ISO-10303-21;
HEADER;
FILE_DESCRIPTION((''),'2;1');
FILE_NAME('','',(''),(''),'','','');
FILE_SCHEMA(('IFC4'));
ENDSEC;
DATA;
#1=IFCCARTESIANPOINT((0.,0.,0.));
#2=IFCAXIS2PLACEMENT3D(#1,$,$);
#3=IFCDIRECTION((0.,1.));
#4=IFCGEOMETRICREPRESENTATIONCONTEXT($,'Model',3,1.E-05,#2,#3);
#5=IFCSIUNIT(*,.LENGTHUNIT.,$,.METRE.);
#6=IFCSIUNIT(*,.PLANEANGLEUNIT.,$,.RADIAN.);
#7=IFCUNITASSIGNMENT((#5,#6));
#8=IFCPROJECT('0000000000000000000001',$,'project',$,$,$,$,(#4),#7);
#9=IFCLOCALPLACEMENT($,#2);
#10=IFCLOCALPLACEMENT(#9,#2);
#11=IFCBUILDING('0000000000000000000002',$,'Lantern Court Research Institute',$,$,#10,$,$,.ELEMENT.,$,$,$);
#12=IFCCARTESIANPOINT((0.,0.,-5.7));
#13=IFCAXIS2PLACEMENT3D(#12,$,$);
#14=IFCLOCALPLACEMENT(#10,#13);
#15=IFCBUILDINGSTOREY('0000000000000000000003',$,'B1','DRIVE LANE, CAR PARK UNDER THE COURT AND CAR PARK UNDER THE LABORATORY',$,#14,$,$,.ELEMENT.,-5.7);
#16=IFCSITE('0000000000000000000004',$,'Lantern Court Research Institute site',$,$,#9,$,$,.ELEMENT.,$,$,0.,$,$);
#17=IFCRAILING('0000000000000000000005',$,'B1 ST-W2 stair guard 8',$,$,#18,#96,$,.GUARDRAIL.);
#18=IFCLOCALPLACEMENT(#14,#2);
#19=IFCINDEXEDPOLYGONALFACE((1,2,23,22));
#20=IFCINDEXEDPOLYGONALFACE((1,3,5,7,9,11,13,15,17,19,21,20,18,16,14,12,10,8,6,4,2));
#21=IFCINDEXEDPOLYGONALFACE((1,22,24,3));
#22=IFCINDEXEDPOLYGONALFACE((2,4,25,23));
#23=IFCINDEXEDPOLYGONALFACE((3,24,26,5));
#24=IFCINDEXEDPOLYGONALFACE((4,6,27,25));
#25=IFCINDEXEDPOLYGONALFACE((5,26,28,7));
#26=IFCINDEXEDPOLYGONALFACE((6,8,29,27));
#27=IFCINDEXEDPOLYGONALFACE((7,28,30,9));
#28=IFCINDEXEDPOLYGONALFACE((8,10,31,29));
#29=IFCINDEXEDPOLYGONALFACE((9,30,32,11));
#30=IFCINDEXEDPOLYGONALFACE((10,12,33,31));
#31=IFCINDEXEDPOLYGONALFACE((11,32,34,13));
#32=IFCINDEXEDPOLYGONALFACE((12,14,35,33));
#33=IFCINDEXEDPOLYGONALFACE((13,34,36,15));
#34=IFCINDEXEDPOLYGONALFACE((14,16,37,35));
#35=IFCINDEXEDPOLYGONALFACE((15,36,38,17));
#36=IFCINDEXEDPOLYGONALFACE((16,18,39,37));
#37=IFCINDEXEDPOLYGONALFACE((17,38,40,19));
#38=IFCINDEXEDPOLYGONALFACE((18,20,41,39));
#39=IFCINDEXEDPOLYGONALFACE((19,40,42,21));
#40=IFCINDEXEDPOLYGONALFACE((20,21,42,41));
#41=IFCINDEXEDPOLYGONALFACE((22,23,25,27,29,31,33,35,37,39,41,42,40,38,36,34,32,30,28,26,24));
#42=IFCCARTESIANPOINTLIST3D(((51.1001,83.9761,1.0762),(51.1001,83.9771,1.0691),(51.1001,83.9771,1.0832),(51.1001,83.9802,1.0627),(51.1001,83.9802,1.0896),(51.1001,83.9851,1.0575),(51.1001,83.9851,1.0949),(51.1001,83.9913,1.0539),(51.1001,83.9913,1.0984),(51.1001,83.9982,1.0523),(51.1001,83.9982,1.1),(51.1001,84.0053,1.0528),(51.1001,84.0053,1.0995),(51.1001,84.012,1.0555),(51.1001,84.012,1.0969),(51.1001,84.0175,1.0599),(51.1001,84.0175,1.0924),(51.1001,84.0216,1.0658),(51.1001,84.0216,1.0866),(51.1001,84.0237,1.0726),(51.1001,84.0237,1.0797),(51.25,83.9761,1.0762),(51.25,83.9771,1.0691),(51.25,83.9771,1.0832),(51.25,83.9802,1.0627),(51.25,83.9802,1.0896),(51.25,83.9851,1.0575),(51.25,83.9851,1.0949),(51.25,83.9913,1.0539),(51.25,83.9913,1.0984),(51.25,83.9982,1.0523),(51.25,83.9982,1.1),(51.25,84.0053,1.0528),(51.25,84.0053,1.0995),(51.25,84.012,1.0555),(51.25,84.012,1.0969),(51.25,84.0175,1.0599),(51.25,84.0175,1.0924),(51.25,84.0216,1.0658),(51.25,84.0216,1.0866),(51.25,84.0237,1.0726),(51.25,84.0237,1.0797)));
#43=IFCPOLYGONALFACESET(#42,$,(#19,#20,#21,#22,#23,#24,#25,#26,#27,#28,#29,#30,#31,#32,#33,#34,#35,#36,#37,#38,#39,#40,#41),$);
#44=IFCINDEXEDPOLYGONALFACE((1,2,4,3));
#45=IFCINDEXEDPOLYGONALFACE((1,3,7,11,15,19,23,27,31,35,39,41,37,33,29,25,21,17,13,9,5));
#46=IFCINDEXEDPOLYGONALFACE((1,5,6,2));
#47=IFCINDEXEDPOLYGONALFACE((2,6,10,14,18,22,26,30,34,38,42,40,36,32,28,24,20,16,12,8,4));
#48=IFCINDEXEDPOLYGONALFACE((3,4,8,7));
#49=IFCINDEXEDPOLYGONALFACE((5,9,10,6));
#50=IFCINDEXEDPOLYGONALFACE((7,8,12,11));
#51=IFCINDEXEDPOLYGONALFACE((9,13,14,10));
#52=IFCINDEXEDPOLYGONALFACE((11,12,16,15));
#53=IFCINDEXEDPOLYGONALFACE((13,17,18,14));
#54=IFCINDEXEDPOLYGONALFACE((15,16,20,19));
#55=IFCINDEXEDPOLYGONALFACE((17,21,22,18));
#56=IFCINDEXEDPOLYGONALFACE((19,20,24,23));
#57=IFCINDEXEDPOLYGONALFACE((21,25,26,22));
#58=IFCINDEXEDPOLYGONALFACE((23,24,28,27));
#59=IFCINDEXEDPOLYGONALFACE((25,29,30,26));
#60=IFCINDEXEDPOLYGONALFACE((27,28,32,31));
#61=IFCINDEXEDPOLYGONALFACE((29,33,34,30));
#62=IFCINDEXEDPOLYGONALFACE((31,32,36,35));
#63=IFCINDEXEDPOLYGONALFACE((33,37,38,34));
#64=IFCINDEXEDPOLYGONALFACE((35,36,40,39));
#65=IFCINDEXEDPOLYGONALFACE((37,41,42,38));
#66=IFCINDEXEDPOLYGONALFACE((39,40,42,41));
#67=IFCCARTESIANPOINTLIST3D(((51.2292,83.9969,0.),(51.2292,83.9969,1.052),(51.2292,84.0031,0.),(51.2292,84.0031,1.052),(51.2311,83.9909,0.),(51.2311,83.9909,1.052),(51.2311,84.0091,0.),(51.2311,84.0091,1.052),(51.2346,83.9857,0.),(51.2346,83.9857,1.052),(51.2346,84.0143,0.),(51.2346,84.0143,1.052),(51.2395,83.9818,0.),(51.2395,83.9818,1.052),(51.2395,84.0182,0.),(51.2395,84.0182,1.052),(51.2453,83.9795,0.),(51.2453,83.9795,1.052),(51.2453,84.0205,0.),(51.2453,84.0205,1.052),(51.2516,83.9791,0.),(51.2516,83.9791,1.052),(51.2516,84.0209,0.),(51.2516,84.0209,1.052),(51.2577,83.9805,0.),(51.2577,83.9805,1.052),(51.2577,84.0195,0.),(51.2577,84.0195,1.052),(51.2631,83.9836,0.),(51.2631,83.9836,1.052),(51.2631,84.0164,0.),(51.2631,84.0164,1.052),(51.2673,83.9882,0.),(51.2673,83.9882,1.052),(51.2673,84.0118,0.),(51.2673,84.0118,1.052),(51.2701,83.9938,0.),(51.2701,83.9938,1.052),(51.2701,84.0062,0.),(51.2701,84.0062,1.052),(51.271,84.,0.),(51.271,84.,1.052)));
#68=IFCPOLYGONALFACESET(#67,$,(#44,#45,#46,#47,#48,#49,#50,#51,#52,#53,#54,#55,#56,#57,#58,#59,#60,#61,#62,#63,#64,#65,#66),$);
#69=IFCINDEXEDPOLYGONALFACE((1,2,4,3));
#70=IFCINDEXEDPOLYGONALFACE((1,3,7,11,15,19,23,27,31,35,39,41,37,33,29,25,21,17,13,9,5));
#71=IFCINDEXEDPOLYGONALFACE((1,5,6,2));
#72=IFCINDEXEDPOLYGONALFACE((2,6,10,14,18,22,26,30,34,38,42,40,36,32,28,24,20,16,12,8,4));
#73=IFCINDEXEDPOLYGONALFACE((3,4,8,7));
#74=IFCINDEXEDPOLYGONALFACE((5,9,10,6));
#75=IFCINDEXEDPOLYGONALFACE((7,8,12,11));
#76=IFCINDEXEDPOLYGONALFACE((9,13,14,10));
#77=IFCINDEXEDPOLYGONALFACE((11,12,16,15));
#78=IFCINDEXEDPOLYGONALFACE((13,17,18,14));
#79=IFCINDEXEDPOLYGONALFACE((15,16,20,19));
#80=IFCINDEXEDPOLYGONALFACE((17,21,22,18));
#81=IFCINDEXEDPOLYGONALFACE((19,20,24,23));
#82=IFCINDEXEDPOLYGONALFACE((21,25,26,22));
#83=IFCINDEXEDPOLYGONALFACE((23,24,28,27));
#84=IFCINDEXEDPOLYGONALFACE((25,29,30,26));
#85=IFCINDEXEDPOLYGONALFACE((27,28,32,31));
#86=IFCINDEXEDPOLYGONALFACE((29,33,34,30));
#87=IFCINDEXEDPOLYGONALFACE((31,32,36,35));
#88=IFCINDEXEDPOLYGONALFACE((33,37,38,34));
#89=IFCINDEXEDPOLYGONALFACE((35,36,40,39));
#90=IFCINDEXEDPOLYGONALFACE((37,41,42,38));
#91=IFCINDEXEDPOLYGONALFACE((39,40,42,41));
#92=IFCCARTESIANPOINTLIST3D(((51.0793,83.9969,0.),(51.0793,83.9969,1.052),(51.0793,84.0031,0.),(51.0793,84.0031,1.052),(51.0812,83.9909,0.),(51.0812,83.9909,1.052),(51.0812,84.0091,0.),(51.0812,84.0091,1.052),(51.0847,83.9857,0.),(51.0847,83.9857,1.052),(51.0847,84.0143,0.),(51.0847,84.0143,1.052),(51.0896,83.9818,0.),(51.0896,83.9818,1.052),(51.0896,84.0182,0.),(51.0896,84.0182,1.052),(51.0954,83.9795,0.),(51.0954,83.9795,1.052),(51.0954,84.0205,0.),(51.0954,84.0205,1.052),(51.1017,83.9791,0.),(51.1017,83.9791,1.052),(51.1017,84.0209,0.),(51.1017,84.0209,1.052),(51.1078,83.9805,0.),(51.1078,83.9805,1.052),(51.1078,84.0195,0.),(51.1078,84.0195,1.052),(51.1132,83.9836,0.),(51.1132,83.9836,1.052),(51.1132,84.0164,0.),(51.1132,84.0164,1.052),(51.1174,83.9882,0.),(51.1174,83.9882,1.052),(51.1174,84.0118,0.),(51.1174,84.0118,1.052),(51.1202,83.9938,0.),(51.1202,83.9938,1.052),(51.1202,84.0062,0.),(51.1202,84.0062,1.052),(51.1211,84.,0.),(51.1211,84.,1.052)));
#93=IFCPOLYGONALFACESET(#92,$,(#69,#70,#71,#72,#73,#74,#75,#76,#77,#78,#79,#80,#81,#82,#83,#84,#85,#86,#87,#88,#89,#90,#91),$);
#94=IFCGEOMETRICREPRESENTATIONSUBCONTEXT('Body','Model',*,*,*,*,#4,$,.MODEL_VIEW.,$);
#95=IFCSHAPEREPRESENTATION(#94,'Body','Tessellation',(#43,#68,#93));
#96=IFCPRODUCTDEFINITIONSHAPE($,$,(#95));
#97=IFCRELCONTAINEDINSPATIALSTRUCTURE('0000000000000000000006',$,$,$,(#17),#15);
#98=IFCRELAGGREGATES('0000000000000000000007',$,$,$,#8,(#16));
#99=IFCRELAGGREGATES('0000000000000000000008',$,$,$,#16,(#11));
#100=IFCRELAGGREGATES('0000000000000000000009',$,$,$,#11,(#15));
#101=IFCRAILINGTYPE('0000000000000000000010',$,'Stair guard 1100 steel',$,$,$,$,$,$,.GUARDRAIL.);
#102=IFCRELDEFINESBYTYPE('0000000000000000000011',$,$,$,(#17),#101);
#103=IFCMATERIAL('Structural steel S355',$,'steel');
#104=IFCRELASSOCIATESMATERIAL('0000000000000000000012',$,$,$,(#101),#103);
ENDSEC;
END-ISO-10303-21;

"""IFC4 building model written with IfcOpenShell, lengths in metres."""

from ifc_helpers import new_model, si_unit, direction, frame, origin, origin_2d, place, context, subcontext, project, spatial, circle, extrude, material, type_object, element, save


model = new_model("IFC4")

# Units and contexts
model_context = context("Model", 3, precision=1e-05, world=origin(), true_north=direction((0.0, 1.0)))
body_context = subcontext(model_context, "Body", "Model", "MODEL_VIEW")
ifc_project = project(units=[si_unit("LENGTHUNIT", "METRE"), si_unit("PLANEANGLEUNIT", "RADIAN")], contexts=[model_context])

# Site, building, storey
site_placement = place(None, origin())
site = spatial("IfcSite", under=ifc_project, at=site_placement, Name="Lantern Court Research Institute site", CompositionType="ELEMENT", RefElevation=0.0)
building_placement = place(site_placement, origin())
building = spatial("IfcBuilding", under=site, at=building_placement, Name="Lantern Court Research Institute", CompositionType="ELEMENT")
storey_placement = place(building_placement, frame((0.0, 0.0, -5.7)))
storey = spatial("IfcBuildingStorey", under=building, at=storey_placement, Name="B1", Description="DRIVE LANE, CAR PARK UNDER THE COURT AND CAR PARK UNDER THE LABORATORY", CompositionType="ELEMENT", Elevation=-5.7)

# Railing
ifc_material_1 = material(Name="Structural steel S355", Category="steel")
railing_type_1 = type_object("IfcRailingType", Name="Stair guard 1100 steel", PredefinedType="GUARDRAIL", material=ifc_material_1)
railing_1_placement = place(storey_placement, frame((51.25, 84.0, 0.0)))
element("IfcRailing", 1, at=railing_1_placement, inside=storey, type_object=railing_type_1, Name="B1 ST-W2 stair guard 8", PredefinedType="GUARDRAIL", context=body_context, shape_type="SweptSolid", body=[
    extrude(circle(Radius=0.0239, at=origin_2d()), frame((0.0, 0.0, 1.0762), z_axis=(-1.0, 0.0, 0.0), x_axis=(0.0, -1.0, 0.0)), (0.0, 0.0, 1.0), 0.1499),
    extrude(circle(Radius=0.021, at=origin_2d()), origin(), (0.0, 0.0, 1.0), 1.052),
    extrude(circle(Radius=0.021, at=origin_2d()), frame((-0.1499, 0.0, 0.0)), (0.0, 0.0, 1.0), 1.052),
])

save(model, "model.ifc")
